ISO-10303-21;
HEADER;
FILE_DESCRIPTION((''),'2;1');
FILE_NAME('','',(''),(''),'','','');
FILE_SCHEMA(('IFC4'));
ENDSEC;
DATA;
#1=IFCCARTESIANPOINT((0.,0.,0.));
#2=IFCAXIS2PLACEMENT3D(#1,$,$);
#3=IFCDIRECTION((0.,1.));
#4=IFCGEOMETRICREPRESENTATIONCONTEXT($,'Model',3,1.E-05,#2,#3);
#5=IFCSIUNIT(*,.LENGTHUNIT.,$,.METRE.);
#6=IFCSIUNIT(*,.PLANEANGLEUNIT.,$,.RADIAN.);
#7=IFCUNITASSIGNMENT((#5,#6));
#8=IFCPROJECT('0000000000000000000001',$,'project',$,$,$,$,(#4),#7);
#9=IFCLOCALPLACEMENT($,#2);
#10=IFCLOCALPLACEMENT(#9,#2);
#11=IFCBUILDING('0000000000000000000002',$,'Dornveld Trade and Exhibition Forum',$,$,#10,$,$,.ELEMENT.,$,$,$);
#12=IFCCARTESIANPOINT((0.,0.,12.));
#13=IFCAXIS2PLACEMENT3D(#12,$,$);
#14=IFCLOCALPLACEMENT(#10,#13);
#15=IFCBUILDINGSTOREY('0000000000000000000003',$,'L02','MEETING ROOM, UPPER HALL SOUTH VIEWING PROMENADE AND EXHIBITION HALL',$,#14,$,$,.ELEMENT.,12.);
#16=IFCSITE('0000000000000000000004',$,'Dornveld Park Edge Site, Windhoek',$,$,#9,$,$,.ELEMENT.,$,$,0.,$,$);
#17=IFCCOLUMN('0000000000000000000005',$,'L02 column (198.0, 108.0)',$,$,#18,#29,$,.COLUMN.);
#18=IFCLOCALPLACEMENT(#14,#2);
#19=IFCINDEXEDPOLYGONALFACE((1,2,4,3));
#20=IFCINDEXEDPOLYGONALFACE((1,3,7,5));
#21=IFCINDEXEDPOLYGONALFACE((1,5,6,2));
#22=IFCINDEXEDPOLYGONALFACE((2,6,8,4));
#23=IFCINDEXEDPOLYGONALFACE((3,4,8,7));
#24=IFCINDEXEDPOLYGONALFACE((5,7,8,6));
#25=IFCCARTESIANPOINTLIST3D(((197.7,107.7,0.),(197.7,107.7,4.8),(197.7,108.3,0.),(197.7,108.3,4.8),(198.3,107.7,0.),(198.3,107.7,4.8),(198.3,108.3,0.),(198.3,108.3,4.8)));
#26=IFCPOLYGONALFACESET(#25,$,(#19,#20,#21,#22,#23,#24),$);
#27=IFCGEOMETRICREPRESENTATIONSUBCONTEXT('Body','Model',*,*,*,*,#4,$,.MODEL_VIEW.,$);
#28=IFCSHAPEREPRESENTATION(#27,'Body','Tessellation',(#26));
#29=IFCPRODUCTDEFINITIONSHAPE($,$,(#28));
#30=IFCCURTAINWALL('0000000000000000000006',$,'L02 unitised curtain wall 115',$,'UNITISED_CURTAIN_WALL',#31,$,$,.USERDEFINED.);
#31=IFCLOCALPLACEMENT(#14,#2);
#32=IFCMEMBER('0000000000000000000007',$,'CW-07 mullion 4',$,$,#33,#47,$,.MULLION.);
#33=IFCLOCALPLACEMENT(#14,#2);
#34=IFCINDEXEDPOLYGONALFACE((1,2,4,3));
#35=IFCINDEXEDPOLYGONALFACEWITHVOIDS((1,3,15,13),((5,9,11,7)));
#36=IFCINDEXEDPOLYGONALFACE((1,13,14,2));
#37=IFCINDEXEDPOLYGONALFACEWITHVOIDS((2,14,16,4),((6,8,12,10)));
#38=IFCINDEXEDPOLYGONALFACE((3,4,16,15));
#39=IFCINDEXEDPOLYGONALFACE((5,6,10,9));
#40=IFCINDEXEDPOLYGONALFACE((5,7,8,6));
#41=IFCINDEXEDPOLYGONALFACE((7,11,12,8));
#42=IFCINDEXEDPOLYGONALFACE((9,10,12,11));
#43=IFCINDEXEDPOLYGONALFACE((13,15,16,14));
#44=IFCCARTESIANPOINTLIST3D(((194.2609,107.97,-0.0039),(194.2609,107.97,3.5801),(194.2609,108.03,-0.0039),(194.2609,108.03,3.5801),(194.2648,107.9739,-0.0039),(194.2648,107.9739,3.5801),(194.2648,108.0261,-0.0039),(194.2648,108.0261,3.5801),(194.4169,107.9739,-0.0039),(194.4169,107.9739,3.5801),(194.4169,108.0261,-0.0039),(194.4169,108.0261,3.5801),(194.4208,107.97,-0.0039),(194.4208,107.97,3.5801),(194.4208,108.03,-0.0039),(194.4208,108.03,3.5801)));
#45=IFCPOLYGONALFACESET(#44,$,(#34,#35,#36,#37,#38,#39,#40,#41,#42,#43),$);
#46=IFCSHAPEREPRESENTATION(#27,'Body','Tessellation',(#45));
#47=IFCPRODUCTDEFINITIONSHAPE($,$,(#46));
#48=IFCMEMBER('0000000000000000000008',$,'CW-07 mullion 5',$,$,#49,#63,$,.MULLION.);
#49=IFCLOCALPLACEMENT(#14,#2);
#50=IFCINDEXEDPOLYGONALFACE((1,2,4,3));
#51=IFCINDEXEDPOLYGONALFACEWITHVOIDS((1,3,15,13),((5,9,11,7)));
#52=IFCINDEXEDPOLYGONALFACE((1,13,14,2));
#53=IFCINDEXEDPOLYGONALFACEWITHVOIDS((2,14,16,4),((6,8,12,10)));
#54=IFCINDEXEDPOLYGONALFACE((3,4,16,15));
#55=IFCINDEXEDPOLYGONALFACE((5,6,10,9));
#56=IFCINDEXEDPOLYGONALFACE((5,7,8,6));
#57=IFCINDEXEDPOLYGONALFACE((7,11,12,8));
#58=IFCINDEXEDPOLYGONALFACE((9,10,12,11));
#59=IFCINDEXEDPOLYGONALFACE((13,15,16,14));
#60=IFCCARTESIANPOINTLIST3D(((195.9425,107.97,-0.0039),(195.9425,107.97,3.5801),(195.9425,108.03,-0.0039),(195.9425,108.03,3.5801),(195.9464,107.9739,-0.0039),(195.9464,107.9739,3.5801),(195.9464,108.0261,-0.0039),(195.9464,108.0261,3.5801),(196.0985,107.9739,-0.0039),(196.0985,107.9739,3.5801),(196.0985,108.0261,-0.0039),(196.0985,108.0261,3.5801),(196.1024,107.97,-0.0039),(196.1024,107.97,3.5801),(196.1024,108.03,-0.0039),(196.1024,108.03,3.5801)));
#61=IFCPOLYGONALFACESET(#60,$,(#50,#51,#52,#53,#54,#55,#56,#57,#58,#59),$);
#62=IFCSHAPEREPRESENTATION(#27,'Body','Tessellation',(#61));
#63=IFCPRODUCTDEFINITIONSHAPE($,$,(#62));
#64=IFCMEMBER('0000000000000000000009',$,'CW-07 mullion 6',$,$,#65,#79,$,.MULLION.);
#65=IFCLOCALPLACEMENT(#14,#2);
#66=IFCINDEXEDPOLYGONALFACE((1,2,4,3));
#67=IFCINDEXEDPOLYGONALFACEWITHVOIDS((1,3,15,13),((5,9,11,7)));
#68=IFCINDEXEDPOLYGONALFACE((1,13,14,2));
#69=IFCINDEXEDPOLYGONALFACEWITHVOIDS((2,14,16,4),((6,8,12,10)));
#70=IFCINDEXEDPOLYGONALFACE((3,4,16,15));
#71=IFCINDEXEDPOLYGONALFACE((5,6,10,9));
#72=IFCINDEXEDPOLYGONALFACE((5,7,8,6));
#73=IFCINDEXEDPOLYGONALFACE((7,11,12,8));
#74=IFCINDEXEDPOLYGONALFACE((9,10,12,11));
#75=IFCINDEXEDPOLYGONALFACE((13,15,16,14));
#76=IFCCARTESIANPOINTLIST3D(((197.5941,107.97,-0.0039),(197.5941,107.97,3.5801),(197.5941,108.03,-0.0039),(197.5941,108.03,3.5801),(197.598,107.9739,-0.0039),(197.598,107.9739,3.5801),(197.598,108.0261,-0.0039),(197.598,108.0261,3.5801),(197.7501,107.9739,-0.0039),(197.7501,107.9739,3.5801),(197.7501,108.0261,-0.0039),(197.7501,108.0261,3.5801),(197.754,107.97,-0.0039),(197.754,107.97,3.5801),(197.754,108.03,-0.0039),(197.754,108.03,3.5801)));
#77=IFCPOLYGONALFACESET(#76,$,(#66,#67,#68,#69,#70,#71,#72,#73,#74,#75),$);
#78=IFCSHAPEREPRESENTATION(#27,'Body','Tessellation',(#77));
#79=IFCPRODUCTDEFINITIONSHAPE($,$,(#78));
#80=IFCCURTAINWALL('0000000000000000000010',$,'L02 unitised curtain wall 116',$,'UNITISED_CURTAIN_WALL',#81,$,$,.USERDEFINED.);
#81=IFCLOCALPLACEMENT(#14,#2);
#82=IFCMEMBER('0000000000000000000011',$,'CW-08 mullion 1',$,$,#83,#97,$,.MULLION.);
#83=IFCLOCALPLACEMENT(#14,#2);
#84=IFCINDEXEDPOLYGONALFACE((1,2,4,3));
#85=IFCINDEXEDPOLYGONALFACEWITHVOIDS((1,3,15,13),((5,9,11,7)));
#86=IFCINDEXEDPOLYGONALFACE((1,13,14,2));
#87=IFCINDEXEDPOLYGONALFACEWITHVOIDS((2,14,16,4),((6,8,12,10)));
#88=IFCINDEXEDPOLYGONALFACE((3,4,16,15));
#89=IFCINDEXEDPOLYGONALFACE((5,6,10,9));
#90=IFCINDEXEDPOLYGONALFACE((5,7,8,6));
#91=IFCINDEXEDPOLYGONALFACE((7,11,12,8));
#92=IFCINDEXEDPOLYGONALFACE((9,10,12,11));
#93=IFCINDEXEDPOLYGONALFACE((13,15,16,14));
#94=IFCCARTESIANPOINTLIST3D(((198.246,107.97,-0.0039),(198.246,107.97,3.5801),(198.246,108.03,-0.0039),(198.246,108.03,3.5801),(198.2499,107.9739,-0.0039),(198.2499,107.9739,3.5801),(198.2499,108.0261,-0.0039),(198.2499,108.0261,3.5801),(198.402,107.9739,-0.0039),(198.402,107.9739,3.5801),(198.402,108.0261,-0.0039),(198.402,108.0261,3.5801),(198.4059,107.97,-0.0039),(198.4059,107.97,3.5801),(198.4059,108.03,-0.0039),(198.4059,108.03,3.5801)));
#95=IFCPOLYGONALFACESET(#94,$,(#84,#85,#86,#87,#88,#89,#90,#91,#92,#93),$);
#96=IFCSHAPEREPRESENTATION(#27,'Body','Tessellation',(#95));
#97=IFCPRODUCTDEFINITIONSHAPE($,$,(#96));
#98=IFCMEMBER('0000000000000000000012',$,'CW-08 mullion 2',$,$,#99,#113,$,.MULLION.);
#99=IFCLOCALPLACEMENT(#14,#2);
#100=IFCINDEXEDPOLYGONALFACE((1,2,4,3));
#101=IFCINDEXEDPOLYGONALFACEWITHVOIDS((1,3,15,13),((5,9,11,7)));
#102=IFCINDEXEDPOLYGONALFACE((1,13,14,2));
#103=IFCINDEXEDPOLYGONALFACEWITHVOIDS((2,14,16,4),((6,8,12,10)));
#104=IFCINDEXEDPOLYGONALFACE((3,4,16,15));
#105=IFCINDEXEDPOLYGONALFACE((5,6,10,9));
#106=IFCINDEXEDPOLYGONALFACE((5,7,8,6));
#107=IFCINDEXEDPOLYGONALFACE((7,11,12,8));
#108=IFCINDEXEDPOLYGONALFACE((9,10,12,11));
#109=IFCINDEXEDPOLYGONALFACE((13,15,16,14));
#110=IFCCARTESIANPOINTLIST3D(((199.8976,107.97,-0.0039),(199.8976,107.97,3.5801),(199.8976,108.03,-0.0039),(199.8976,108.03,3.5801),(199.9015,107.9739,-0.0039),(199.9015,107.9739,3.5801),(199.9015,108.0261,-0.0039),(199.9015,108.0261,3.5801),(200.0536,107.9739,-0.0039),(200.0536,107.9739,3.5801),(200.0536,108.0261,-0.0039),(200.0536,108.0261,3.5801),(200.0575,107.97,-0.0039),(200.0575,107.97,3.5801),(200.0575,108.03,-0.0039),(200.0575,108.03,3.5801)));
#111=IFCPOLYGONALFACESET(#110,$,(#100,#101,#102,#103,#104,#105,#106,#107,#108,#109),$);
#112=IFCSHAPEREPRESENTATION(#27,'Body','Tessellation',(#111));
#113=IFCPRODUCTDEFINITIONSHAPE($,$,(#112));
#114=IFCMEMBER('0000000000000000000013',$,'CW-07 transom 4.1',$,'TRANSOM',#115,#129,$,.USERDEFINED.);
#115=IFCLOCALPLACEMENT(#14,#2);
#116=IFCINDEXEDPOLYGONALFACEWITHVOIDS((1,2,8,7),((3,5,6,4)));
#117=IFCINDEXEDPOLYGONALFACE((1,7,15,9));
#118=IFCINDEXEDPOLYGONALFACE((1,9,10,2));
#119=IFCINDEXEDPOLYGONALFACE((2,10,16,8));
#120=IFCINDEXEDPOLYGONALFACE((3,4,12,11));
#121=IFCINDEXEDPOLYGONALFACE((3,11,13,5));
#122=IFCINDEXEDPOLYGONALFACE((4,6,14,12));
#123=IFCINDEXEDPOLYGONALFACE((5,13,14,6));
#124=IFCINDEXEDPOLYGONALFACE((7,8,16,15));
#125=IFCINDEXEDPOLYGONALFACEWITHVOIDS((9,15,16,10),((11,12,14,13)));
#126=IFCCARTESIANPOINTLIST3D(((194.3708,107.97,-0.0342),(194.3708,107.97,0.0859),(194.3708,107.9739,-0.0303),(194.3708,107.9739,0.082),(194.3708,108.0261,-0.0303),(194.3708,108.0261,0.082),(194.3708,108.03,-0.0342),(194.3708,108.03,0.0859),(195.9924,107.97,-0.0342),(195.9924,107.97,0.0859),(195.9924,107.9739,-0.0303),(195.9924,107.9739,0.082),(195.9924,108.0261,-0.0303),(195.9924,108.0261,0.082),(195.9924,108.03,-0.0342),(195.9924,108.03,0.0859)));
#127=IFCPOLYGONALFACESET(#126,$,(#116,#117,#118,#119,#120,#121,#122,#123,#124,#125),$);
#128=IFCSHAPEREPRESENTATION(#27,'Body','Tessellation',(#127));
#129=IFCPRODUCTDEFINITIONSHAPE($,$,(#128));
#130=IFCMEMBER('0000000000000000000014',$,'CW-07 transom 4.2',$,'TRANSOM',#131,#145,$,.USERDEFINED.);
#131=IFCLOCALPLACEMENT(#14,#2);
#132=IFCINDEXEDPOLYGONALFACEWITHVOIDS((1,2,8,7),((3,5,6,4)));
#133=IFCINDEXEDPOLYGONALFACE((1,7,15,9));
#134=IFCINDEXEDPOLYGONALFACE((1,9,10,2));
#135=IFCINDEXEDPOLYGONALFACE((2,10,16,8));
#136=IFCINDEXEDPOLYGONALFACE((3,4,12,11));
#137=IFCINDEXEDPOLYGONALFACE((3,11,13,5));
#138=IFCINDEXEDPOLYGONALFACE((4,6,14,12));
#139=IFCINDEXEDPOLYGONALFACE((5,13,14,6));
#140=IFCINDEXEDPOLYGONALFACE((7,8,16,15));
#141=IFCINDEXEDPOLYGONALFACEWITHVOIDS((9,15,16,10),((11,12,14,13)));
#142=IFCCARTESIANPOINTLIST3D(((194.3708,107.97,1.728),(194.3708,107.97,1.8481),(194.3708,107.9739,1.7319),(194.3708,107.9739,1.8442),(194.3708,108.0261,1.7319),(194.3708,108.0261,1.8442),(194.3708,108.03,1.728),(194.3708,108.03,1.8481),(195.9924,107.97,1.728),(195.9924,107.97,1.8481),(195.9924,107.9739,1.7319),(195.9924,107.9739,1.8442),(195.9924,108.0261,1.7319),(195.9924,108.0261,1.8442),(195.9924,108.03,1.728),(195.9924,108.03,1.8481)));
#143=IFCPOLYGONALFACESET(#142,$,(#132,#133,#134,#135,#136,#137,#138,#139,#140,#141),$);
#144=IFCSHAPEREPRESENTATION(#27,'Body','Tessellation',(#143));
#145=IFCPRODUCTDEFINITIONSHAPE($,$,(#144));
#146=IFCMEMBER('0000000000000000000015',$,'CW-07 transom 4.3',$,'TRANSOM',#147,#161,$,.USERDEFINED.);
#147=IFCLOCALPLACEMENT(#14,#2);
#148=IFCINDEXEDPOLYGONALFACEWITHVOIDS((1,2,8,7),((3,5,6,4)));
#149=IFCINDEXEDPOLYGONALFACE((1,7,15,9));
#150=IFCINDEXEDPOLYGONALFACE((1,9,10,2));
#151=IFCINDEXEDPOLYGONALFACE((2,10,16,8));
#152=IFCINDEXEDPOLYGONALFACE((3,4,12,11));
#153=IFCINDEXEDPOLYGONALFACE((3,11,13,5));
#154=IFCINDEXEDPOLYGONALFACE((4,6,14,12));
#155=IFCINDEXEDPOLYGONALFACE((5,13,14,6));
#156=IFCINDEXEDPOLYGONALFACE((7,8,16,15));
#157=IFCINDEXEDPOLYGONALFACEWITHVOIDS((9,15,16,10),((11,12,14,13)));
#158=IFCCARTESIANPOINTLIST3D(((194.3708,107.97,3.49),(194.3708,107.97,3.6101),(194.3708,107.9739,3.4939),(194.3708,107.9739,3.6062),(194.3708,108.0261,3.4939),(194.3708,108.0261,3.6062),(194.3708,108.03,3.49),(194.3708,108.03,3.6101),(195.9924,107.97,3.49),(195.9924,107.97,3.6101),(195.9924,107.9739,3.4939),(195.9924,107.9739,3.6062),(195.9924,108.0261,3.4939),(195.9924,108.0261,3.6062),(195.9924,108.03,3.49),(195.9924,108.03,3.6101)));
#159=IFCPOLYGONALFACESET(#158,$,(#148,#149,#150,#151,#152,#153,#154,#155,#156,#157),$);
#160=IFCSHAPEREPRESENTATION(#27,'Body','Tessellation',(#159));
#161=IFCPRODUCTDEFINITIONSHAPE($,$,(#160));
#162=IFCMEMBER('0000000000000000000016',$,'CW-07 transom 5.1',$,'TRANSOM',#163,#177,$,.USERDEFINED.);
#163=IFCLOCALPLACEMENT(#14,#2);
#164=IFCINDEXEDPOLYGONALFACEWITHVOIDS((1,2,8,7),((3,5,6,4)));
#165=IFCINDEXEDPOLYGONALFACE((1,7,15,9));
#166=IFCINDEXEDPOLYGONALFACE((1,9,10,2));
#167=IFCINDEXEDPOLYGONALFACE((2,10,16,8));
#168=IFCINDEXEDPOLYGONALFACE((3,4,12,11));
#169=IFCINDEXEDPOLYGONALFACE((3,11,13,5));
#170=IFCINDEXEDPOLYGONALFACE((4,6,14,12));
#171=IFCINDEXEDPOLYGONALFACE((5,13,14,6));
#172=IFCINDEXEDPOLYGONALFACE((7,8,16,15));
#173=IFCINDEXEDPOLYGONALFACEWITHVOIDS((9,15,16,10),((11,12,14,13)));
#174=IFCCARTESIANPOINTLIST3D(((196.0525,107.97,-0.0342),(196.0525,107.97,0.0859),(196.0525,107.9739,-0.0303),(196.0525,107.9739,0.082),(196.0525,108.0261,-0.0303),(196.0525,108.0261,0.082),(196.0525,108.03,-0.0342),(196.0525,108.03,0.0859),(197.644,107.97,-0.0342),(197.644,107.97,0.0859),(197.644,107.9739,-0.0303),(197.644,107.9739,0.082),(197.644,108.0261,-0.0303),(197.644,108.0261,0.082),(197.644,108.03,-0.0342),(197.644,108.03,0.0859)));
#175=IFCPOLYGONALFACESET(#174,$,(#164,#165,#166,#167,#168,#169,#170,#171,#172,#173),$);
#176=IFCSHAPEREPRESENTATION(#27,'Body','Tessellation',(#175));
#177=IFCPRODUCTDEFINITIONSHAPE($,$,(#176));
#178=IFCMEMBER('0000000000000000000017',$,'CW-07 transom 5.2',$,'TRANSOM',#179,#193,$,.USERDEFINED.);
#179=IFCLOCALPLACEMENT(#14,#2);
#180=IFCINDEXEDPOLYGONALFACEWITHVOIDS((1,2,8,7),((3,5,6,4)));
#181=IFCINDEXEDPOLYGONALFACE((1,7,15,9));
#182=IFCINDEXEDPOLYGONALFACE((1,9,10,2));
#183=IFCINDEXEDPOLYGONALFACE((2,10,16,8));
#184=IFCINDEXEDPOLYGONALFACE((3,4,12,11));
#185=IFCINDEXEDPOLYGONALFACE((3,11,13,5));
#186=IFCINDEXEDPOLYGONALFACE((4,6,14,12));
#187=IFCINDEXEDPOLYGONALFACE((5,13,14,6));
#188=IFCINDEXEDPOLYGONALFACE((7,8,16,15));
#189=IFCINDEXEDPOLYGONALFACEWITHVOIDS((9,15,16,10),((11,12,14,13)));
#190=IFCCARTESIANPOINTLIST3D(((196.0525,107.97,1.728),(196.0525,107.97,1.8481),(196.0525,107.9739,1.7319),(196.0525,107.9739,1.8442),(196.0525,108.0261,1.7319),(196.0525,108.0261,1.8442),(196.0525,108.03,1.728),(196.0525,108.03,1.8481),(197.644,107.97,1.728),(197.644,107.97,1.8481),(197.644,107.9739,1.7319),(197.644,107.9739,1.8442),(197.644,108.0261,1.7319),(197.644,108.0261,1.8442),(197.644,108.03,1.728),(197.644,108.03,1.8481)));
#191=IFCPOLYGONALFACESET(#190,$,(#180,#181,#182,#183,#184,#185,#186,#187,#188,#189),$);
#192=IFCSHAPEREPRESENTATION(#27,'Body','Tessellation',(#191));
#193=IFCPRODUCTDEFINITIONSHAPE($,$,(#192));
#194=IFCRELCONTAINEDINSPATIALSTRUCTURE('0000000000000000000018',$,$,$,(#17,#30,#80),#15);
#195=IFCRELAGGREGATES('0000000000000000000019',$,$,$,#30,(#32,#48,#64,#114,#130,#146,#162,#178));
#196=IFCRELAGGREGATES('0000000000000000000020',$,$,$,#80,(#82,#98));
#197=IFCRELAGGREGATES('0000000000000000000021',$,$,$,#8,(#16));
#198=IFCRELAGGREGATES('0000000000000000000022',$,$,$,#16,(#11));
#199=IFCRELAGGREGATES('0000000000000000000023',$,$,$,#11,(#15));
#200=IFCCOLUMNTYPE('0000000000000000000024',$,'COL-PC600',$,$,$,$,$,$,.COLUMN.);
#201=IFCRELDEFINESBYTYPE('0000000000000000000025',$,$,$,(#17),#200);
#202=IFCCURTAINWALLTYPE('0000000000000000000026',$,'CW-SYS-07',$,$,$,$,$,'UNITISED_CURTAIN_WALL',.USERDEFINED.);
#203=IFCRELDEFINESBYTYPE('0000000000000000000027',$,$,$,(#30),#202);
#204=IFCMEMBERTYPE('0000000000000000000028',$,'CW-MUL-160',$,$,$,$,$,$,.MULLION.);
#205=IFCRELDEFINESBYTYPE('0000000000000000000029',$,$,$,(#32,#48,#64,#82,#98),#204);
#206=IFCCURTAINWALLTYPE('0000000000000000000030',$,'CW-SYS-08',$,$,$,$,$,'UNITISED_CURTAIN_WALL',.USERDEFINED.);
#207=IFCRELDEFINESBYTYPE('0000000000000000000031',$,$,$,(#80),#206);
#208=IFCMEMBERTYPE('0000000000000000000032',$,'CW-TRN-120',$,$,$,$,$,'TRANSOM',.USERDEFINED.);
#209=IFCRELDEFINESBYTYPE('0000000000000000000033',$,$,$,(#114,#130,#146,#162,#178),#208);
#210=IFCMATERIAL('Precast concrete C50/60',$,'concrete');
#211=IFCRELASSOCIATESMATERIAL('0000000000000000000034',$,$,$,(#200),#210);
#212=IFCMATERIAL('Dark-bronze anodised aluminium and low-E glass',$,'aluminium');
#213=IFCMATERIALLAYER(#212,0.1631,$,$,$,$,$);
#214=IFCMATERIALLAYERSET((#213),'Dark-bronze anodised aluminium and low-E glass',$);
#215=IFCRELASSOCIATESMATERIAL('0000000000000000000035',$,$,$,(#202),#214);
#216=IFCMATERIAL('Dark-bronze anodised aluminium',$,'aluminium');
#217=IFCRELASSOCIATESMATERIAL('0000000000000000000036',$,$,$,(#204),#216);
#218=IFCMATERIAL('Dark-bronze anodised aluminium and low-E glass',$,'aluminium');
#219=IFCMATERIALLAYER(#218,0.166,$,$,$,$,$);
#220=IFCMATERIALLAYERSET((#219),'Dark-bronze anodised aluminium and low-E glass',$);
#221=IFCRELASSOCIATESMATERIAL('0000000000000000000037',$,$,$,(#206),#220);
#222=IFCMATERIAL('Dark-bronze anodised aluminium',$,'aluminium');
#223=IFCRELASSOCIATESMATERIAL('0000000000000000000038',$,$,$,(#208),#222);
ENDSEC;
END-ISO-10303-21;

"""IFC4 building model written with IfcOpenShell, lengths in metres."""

from ifc_helpers import new_model, si_unit, direction, frame, origin, origin_2d, place, context, subcontext, project, spatial, rectangle, hollow_rectangle, extrude, material, layer, layer_set, material_profile, profile_set, type_object, element, aggregate, save


model = new_model("IFC4")

# Units and contexts
model_context = context("Model", 3, precision=1e-05, world=origin(), true_north=direction((0.0, 1.0)))
body_context = subcontext(model_context, "Body", "Model", "MODEL_VIEW")
ifc_project = project(units=[si_unit("LENGTHUNIT", "METRE"), si_unit("PLANEANGLEUNIT", "RADIAN")], contexts=[model_context])

# Site, building, storey
site_placement = place(None, origin())
site = spatial("IfcSite", under=ifc_project, at=site_placement, Name="Dornveld Park Edge Site, Windhoek", CompositionType="ELEMENT", RefElevation=0.0)
building_placement = place(site_placement, origin())
building = spatial("IfcBuilding", under=site, at=building_placement, Name="Dornveld Trade and Exhibition Forum", CompositionType="ELEMENT")
storey_placement = place(building_placement, frame((0.0, 0.0, 12.0)))
storey = spatial("IfcBuildingStorey", under=building, at=storey_placement, Name="L02", Description="MEETING ROOM, UPPER HALL SOUTH VIEWING PROMENADE AND EXHIBITION HALL", CompositionType="ELEMENT", Elevation=12.0)

# Column
ifc_material_1 = material(Name="Precast concrete C50/60", Category="concrete")
ifc_material_profile_1 = material_profile(ifc_material_1, rectangle(XDim=0.6001, YDim=0.6001, at=origin_2d()), Name="PC-COL 600x600")
ifc_profile_set_1 = profile_set([ifc_material_profile_1], Name="Precast concrete C50/60")
column_type = type_object("IfcColumnType", Name="COL-PC600", PredefinedType="COLUMN", material=ifc_profile_set_1)
column_placement = place(storey_placement, frame((198.0, 108.0, 0.0), z_axis=(0.0, 0.0, 1.0), x_axis=(1.0, 0.0, 0.0)))
element("IfcColumn", 1, at=column_placement, inside=storey, type_object=column_type, Name="L02 column (198.0, 108.0)", PredefinedType="COLUMN", context=body_context, shape_type="SweptSolid", body=[
    extrude(rectangle(XDim=0.6001, YDim=0.6001, at=origin_2d()), origin(), (0.0, 0.0, 1.0), 4.8),
])

# Curtain walls, members
ifc_material_2 = material(Name="Dark-bronze anodised aluminium and low-E glass", Category="aluminium")
ifc_layer_1 = layer(ifc_material_2, 0.1631)
ifc_layer_set_1 = layer_set([ifc_layer_1], Name="Dark-bronze anodised aluminium and low-E glass")
curtain_wall_type_1 = type_object("IfcCurtainWallType", Name="CW-SYS-07", ElementType="UNITISED_CURTAIN_WALL", PredefinedType="USERDEFINED", material=ifc_layer_set_1)
curtain_wall_1_placement = place(storey_placement, origin())
curtain_wall_1 = element("IfcCurtainWall", 2, at=curtain_wall_1_placement, inside=storey, type_object=curtain_wall_type_1, Name="L02 unitised curtain wall 115", ObjectType="UNITISED_CURTAIN_WALL", PredefinedType="USERDEFINED")
ifc_material_3 = material(Name="Dark-bronze anodised aluminium", Category="aluminium")
ifc_material_profile_2 = material_profile(ifc_material_3, hollow_rectangle(XDim=0.0601, YDim=0.1599, WallThickness=0.0039, at=origin_2d()), Name="RHS 160x60x4")
ifc_profile_set_2 = profile_set([ifc_material_profile_2], Name="Dark-bronze anodised aluminium")
member_type_1 = type_object("IfcMemberType", Name="CW-MUL-160", PredefinedType="MULLION", material=ifc_profile_set_2)
member_1_placement = place(storey_placement, frame((194.3408, 108.0, -0.0039), z_axis=(0.0, 0.0, 1.0), x_axis=(0.0, 1.0, 0.0)))
member_1 = element("IfcMember", 3, at=member_1_placement, type_object=member_type_1, Name="CW-07 mullion 4", PredefinedType="MULLION", context=body_context, shape_type="SweptSolid", body=[
    extrude(hollow_rectangle(XDim=0.0601, YDim=0.1599, WallThickness=0.0039, at=origin_2d()), origin(), (0.0, 0.0, 1.0), 3.584),
])
member_2_placement = place(storey_placement, frame((196.0225, 108.0, -0.0039), z_axis=(0.0, 0.0, 1.0), x_axis=(0.0, 1.0, 0.0)))
member_2 = element("IfcMember", 4, at=member_2_placement, type_object=member_type_1, Name="CW-07 mullion 5", PredefinedType="MULLION", context=body_context, shape_type="SweptSolid", body=[
    extrude(hollow_rectangle(XDim=0.0601, YDim=0.1599, WallThickness=0.0039, at=origin_2d()), origin(), (0.0, 0.0, 1.0), 3.584),
])
member_3_placement = place(storey_placement, frame((197.6741, 108.0, -0.0039), z_axis=(0.0, 0.0, 1.0), x_axis=(0.0, 1.0, 0.0)))
member_3 = element("IfcMember", 5, at=member_3_placement, type_object=member_type_1, Name="CW-07 mullion 6", PredefinedType="MULLION", context=body_context, shape_type="SweptSolid", body=[
    extrude(hollow_rectangle(XDim=0.0601, YDim=0.1599, WallThickness=0.0039, at=origin_2d()), origin(), (0.0, 0.0, 1.0), 3.584),
])
ifc_material_4 = material(Name="Dark-bronze anodised aluminium and low-E glass", Category="aluminium")
ifc_layer_2 = layer(ifc_material_4, 0.166)
ifc_layer_set_2 = layer_set([ifc_layer_2], Name="Dark-bronze anodised aluminium and low-E glass")
curtain_wall_type_2 = type_object("IfcCurtainWallType", Name="CW-SYS-08", ElementType="UNITISED_CURTAIN_WALL", PredefinedType="USERDEFINED", material=ifc_layer_set_2)
curtain_wall_2_placement = place(storey_placement, origin())
curtain_wall_2 = element("IfcCurtainWall", 6, at=curtain_wall_2_placement, inside=storey, type_object=curtain_wall_type_2, Name="L02 unitised curtain wall 116", ObjectType="UNITISED_CURTAIN_WALL", PredefinedType="USERDEFINED")
member_4_placement = place(storey_placement, frame((198.3259, 108.0, -0.0039), z_axis=(0.0, 0.0, 1.0), x_axis=(0.0, 1.0, 0.0)))
member_4 = element("IfcMember", 7, at=member_4_placement, type_object=member_type_1, Name="CW-08 mullion 1", PredefinedType="MULLION", context=body_context, shape_type="SweptSolid", body=[
    extrude(hollow_rectangle(XDim=0.0601, YDim=0.1599, WallThickness=0.0039, at=origin_2d()), origin(), (0.0, 0.0, 1.0), 3.584),
])
member_5_placement = place(storey_placement, frame((199.9775, 108.0, -0.0039), z_axis=(0.0, 0.0, 1.0), x_axis=(0.0, 1.0, 0.0)))
member_5 = element("IfcMember", 8, at=member_5_placement, type_object=member_type_1, Name="CW-08 mullion 2", PredefinedType="MULLION", context=body_context, shape_type="SweptSolid", body=[
    extrude(hollow_rectangle(XDim=0.0601, YDim=0.1599, WallThickness=0.0039, at=origin_2d()), origin(), (0.0, 0.0, 1.0), 3.584),
])

# Members
ifc_material_5 = material(Name="Dark-bronze anodised aluminium", Category="aluminium")
ifc_material_profile_3 = material_profile(ifc_material_5, hollow_rectangle(XDim=0.0601, YDim=0.1201, WallThickness=0.0039, at=origin_2d()), Name="RHS 120x60x4")
ifc_profile_set_3 = profile_set([ifc_material_profile_3], Name="Dark-bronze anodised aluminium")
member_type_2 = type_object("IfcMemberType", Name="CW-TRN-120", ElementType="TRANSOM", PredefinedType="USERDEFINED", material=ifc_profile_set_3)
member_6_placement = place(storey_placement, frame((194.3708, 108.0, 0.0259), z_axis=(1.0, 0.0, 0.0), x_axis=(0.0, 1.0, 0.0)))
member_6 = element("IfcMember", 9, at=member_6_placement, type_object=member_type_2, Name="CW-07 transom 4.1", ObjectType="TRANSOM", PredefinedType="USERDEFINED", context=body_context, shape_type="SweptSolid", body=[
    extrude(hollow_rectangle(XDim=0.0601, YDim=0.1201, WallThickness=0.0039, at=origin_2d()), origin(), (0.0, 0.0, 1.0), 1.6216),
])
member_7_placement = place(storey_placement, frame((194.3708, 108.0, 1.7881), z_axis=(1.0, 0.0, 0.0), x_axis=(0.0, 1.0, 0.0)))
member_7 = element("IfcMember", 10, at=member_7_placement, type_object=member_type_2, Name="CW-07 transom 4.2", ObjectType="TRANSOM", PredefinedType="USERDEFINED", context=body_context, shape_type="SweptSolid", body=[
    extrude(hollow_rectangle(XDim=0.0601, YDim=0.1201, WallThickness=0.0039, at=origin_2d()), origin(), (0.0, 0.0, 1.0), 1.6216),
])
member_8_placement = place(storey_placement, frame((194.3708, 108.0, 3.55), z_axis=(1.0, 0.0, 0.0), x_axis=(0.0, 1.0, 0.0)))
member_8 = element("IfcMember", 11, at=member_8_placement, type_object=member_type_2, Name="CW-07 transom 4.3", ObjectType="TRANSOM", PredefinedType="USERDEFINED", context=body_context, shape_type="SweptSolid", body=[
    extrude(hollow_rectangle(XDim=0.0601, YDim=0.1201, WallThickness=0.0039, at=origin_2d()), origin(), (0.0, 0.0, 1.0), 1.6216),
])
member_9_placement = place(storey_placement, frame((196.0525, 108.0, 0.0259), z_axis=(1.0, 0.0, 0.0), x_axis=(0.0, 1.0, 0.0)))
member_9 = element("IfcMember", 12, at=member_9_placement, type_object=member_type_2, Name="CW-07 transom 5.1", ObjectType="TRANSOM", PredefinedType="USERDEFINED", context=body_context, shape_type="SweptSolid", body=[
    extrude(hollow_rectangle(XDim=0.0601, YDim=0.1201, WallThickness=0.0039, at=origin_2d()), origin(), (0.0, 0.0, 1.0), 1.5916),
])
member_10_placement = place(storey_placement, frame((196.0525, 108.0, 1.7881), z_axis=(1.0, 0.0, 0.0), x_axis=(0.0, 1.0, 0.0)))
member_10 = element("IfcMember", 13, at=member_10_placement, type_object=member_type_2, Name="CW-07 transom 5.2", ObjectType="TRANSOM", PredefinedType="USERDEFINED", context=body_context, shape_type="SweptSolid", body=[
    extrude(hollow_rectangle(XDim=0.0601, YDim=0.1201, WallThickness=0.0039, at=origin_2d()), origin(), (0.0, 0.0, 1.0), 1.5916),
])

aggregate(curtain_wall_1, [member_1, member_2, member_3, member_6, member_7, member_8, member_9, member_10])
aggregate(curtain_wall_2, [member_4, member_5])

save(model, "model.ifc")
